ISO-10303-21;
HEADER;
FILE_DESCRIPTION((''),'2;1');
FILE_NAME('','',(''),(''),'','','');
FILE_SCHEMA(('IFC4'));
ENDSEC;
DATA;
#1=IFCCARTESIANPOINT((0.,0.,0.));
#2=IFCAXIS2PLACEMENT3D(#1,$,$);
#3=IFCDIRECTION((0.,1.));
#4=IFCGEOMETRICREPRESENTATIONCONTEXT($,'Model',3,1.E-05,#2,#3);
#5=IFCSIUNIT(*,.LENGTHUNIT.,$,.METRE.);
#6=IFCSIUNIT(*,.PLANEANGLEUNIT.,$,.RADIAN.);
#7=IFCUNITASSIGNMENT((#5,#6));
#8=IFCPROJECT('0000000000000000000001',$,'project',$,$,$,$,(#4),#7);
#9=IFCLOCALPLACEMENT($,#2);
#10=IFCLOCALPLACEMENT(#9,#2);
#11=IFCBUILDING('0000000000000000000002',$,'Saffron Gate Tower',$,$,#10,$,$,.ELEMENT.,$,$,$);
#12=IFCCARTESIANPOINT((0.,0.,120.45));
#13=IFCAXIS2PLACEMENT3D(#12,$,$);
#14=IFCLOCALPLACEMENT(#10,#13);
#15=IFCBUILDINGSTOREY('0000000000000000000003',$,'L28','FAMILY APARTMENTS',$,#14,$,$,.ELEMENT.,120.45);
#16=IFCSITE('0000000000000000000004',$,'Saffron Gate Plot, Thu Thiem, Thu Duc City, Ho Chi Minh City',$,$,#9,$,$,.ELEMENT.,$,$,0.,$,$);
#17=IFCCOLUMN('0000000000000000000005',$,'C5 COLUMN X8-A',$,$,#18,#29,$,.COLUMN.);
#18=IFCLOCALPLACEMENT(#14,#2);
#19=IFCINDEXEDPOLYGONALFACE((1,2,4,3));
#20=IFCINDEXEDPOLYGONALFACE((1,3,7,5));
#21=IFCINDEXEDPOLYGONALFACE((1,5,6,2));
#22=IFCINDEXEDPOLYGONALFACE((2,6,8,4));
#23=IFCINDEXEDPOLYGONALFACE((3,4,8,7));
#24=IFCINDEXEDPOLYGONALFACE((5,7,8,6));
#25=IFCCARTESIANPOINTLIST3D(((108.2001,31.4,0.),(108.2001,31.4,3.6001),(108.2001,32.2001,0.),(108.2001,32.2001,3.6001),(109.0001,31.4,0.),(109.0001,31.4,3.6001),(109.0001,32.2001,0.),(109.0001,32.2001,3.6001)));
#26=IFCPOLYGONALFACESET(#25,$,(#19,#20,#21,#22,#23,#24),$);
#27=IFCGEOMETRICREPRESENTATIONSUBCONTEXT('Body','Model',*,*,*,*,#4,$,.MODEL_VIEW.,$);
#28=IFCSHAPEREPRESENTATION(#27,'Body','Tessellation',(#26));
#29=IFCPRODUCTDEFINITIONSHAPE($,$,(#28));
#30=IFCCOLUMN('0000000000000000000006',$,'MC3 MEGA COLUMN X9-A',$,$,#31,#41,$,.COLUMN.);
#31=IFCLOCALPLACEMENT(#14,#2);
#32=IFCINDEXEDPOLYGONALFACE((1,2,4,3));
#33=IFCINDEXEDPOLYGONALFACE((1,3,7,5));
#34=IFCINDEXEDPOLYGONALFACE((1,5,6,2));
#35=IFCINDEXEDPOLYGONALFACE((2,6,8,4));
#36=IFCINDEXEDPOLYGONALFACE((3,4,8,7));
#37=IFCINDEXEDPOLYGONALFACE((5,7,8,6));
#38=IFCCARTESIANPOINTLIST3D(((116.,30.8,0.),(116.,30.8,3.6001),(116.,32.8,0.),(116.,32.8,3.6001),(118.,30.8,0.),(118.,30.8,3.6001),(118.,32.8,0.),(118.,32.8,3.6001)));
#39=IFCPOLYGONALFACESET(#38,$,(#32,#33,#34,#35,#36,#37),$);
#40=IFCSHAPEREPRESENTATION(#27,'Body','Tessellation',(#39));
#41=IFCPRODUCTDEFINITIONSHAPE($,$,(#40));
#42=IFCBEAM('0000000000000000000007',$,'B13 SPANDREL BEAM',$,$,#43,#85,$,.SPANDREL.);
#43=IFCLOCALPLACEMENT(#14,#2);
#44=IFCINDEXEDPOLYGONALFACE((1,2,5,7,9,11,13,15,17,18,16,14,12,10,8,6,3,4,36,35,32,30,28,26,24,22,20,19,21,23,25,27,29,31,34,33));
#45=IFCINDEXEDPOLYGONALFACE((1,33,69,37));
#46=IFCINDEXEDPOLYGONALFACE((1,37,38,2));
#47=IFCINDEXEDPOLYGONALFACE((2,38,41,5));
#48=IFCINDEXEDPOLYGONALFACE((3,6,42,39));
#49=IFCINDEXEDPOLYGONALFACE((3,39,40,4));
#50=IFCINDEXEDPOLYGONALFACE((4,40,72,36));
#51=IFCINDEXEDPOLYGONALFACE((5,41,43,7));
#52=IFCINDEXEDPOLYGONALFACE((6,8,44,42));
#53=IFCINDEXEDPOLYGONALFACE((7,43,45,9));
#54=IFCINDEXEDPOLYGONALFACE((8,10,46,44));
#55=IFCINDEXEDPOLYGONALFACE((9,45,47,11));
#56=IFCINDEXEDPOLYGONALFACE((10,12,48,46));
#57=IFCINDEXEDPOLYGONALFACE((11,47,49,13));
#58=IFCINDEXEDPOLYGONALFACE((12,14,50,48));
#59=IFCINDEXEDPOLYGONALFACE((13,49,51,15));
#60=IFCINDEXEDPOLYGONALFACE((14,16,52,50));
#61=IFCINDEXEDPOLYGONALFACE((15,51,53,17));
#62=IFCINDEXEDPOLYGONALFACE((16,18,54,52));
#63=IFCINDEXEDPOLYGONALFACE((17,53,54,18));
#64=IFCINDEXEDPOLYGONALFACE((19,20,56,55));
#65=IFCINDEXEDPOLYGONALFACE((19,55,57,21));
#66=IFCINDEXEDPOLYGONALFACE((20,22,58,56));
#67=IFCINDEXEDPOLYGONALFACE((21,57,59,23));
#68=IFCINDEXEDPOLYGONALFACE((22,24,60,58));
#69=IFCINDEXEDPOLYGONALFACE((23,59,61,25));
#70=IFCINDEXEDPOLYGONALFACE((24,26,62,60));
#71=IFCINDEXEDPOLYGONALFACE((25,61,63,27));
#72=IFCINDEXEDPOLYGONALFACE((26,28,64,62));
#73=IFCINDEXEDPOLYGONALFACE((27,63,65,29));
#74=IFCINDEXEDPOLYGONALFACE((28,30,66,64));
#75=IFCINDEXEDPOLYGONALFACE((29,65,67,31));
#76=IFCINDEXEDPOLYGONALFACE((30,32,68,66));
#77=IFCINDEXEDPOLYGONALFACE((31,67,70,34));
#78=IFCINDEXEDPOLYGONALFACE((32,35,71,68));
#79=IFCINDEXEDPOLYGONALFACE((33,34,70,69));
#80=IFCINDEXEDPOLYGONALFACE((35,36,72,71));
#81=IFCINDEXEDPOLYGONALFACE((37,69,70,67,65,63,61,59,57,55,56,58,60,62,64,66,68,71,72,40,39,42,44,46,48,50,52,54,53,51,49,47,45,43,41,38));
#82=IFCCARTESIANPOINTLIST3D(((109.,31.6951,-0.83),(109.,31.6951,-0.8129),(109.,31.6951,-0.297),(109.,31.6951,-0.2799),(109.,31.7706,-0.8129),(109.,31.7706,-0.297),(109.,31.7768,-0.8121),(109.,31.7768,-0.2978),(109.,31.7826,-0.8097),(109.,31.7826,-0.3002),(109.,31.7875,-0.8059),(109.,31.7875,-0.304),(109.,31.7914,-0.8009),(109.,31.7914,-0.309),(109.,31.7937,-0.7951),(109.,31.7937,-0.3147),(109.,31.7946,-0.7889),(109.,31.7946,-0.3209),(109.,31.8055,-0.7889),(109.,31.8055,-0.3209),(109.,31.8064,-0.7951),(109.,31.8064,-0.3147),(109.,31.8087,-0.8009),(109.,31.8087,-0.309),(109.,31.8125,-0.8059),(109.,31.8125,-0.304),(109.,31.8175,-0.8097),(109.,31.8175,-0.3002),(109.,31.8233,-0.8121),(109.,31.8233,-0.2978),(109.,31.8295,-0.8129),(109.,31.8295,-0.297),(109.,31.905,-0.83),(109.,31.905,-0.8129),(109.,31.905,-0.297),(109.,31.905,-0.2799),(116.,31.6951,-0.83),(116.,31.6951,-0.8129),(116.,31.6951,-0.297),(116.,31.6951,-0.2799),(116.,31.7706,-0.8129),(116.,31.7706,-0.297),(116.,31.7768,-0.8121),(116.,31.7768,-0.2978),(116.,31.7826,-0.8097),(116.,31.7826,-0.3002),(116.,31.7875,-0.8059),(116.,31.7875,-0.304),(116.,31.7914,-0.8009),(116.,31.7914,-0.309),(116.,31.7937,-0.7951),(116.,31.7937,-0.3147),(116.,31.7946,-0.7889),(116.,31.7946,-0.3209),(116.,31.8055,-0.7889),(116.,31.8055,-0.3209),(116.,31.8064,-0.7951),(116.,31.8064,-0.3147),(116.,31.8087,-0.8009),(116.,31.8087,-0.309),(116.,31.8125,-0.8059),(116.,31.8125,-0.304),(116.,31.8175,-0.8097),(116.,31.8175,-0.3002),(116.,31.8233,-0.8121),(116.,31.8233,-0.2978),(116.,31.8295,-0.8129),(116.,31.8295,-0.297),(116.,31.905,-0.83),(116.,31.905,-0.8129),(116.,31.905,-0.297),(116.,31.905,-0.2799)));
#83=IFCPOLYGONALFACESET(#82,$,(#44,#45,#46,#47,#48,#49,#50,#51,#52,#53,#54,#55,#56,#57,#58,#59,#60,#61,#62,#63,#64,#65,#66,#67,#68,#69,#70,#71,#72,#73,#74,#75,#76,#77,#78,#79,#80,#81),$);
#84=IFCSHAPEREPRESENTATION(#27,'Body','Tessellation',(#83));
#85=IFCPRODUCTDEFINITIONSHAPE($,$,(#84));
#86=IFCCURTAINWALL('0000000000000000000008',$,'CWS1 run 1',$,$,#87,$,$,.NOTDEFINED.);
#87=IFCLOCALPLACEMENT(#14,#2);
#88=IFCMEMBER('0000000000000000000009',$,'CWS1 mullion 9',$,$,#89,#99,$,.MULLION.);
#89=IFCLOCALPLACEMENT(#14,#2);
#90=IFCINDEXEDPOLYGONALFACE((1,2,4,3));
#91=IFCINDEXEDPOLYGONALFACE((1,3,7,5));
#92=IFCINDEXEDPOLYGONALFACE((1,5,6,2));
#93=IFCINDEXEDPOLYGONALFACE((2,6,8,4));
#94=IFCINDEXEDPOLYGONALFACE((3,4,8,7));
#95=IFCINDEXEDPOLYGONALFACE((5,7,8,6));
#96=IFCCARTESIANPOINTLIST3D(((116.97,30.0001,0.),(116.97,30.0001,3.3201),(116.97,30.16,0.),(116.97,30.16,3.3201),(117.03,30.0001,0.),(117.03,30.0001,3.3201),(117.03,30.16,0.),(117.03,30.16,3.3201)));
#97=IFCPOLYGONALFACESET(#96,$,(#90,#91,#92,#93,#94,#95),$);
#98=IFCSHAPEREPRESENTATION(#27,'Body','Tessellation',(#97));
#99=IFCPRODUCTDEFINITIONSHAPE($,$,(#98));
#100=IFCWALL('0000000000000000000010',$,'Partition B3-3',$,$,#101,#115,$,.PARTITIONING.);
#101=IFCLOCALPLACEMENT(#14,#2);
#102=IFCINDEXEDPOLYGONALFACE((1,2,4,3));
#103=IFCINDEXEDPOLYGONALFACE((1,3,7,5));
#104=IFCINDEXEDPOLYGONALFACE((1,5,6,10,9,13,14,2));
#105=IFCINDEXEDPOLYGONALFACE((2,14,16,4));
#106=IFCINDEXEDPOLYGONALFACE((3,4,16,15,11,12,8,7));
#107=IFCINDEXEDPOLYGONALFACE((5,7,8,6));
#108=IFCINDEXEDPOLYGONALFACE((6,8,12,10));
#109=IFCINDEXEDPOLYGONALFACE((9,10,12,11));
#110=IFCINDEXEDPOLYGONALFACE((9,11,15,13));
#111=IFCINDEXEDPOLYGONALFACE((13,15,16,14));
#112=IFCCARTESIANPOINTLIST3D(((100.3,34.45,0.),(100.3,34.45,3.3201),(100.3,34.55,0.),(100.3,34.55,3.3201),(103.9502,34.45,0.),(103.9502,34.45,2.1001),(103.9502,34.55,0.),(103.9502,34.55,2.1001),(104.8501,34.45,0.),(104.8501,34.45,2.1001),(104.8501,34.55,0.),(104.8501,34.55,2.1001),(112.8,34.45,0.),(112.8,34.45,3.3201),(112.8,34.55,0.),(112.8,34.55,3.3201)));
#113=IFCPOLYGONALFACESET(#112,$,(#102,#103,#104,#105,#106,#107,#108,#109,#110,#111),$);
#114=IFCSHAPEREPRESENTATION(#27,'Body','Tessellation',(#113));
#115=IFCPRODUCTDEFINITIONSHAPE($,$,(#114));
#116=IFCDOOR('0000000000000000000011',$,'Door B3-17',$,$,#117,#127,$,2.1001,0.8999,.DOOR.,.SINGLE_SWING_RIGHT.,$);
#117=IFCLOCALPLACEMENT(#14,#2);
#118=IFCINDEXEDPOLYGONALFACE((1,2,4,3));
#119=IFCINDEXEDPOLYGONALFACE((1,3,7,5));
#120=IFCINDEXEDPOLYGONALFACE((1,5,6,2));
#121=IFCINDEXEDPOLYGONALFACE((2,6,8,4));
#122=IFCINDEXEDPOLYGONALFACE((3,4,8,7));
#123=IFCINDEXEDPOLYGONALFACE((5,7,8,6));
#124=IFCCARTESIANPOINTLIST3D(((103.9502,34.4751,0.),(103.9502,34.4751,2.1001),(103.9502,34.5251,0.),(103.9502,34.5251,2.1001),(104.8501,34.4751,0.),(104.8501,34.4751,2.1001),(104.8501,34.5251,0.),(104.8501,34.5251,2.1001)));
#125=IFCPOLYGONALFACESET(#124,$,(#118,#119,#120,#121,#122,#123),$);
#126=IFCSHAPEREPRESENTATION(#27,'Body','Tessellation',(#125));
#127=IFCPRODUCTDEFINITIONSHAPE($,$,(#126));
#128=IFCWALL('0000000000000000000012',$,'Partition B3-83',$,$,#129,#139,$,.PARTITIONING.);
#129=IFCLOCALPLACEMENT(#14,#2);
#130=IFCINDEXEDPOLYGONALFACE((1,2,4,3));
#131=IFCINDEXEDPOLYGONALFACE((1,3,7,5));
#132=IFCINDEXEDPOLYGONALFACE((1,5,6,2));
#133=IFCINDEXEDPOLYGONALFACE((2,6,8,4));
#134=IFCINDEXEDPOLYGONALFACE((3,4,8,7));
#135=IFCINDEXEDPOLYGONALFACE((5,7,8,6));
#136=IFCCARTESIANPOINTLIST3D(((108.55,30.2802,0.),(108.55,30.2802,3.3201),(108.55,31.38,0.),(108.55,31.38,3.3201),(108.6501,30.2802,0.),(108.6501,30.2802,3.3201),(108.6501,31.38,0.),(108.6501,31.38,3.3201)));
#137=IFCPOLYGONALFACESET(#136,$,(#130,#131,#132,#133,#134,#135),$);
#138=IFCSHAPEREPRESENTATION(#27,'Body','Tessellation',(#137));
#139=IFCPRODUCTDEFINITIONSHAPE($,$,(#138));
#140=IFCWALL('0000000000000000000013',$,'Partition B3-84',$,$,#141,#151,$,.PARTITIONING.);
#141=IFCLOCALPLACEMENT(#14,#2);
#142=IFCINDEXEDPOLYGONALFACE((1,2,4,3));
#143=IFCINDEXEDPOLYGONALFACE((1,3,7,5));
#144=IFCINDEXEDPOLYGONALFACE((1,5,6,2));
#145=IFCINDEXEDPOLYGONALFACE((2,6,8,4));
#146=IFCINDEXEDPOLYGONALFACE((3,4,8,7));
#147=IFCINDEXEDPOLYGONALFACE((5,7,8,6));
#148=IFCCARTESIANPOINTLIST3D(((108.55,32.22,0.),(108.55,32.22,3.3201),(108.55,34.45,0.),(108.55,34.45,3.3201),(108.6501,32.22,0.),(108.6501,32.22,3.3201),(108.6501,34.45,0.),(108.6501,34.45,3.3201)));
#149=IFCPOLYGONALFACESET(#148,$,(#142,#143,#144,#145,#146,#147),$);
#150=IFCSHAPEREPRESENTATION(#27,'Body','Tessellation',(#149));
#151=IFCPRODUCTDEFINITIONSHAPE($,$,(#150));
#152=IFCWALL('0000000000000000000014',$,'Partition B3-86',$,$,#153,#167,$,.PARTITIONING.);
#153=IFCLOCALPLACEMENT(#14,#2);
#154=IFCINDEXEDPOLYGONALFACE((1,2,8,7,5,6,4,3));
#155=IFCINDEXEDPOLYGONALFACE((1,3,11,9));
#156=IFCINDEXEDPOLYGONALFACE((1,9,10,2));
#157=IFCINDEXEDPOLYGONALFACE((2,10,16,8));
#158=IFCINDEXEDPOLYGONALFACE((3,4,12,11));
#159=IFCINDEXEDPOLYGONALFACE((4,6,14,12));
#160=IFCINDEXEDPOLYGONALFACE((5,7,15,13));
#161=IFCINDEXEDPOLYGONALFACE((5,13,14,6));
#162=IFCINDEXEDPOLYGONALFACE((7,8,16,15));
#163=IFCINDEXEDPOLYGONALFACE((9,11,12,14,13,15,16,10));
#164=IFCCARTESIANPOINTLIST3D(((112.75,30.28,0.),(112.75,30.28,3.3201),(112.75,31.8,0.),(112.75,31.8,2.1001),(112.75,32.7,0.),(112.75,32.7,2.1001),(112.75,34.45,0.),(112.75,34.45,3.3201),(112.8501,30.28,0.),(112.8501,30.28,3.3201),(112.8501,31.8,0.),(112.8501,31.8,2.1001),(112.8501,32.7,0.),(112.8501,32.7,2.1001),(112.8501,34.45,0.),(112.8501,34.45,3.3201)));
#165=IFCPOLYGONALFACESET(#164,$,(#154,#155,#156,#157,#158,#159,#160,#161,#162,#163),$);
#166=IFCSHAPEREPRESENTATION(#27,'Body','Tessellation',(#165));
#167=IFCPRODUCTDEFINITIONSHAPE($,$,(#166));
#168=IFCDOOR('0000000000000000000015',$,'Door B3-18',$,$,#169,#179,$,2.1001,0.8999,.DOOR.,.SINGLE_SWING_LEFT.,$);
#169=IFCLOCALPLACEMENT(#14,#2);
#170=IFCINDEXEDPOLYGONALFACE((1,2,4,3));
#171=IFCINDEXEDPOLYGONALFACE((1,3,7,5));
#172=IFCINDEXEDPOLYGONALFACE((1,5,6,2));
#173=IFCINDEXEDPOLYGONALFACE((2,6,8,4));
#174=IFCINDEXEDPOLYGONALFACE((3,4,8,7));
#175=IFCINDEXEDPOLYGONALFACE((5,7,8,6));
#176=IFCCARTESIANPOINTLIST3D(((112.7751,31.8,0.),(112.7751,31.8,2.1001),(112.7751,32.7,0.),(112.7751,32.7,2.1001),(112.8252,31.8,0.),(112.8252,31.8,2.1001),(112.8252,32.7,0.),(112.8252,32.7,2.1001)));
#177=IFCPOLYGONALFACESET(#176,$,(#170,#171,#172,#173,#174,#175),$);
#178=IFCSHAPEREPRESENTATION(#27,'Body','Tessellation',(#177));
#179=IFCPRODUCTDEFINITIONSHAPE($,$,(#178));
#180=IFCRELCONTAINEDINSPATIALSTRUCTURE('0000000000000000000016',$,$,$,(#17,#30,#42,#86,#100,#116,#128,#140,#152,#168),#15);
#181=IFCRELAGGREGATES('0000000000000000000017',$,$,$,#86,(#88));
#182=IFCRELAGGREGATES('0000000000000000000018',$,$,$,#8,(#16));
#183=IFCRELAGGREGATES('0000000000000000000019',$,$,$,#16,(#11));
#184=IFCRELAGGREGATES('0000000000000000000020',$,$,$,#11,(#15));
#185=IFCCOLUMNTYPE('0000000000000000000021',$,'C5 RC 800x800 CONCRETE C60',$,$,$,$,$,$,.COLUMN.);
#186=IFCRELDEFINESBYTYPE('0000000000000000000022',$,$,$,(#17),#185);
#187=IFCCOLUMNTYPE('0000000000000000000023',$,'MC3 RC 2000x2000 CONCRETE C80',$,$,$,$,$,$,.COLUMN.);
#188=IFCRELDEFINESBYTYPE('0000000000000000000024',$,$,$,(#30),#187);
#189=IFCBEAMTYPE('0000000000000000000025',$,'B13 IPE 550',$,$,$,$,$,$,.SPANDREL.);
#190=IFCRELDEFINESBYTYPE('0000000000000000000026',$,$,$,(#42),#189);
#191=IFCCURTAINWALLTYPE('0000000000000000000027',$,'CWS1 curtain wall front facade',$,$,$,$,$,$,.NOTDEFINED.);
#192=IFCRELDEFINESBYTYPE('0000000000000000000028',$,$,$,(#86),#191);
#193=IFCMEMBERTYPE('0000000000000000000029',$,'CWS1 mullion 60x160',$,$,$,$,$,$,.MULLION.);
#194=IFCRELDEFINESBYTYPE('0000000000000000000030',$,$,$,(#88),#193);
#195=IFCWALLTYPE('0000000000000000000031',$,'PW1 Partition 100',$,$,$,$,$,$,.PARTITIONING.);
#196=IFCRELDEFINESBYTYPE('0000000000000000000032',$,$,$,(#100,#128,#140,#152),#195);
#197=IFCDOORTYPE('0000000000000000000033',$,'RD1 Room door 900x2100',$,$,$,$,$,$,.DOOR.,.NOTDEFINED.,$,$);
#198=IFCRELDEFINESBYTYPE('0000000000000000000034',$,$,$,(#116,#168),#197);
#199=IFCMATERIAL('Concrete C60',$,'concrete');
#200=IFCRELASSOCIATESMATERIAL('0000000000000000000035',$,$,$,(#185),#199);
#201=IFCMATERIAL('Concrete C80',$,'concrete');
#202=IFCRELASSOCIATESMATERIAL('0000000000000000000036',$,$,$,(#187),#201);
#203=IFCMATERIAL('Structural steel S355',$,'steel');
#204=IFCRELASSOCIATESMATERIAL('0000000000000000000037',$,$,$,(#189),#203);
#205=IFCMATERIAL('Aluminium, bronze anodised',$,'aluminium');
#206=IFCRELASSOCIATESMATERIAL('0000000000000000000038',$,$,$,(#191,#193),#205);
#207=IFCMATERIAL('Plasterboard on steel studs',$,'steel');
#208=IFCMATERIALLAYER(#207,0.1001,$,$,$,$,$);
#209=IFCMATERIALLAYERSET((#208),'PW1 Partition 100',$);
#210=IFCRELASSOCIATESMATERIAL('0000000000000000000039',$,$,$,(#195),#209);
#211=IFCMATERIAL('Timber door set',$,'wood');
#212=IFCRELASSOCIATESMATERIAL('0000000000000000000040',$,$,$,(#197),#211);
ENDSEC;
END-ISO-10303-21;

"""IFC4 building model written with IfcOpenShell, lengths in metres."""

from ifc_helpers import new_model, si_unit, direction, frame, frame_2d, origin, origin_2d, place, context, subcontext, project, spatial, rectangle, i_section, extrude, material, layer, layer_set, material_profile, profile_set, type_object, element, fill, aggregate, save


model = new_model("IFC4")

# Units and contexts
model_context = context("Model", 3, precision=1e-05, world=origin(), true_north=direction((0.0, 1.0)))
body_context = subcontext(model_context, "Body", "Model", "MODEL_VIEW")
ifc_project = project(units=[si_unit("LENGTHUNIT", "METRE"), si_unit("PLANEANGLEUNIT", "RADIAN")], contexts=[model_context])

# Site, building, storey
site_placement = place(None, origin())
site = spatial("IfcSite", under=ifc_project, at=site_placement, Name="Saffron Gate Plot, Thu Thiem, Thu Duc City, Ho Chi Minh City", CompositionType="ELEMENT", RefElevation=0.0)
building_placement = place(site_placement, origin())
building = spatial("IfcBuilding", under=site, at=building_placement, Name="Saffron Gate Tower", CompositionType="ELEMENT")
storey_placement = place(building_placement, frame((0.0, 0.0, 120.45)))
storey = spatial("IfcBuildingStorey", under=building, at=storey_placement, Name="L28", Description="FAMILY APARTMENTS", CompositionType="ELEMENT", Elevation=120.45)

# Columns
ifc_material_1 = material(Name="Concrete C60", Category="concrete")
ifc_material_profile_1 = material_profile(ifc_material_1, rectangle(XDim=0.8, YDim=0.8, at=origin_2d()))
ifc_profile_set_1 = profile_set([ifc_material_profile_1], Name="Concrete C60")
column_type_1 = type_object("IfcColumnType", Name="C5 RC 800x800 CONCRETE C60", PredefinedType="COLUMN", material=ifc_profile_set_1)
column_1_placement = place(storey_placement, frame((108.6001, 31.8, 0.0), z_axis=(0.0, 0.0, 1.0), x_axis=(1.0, 0.0, 0.0)))
element("IfcColumn", 1, at=column_1_placement, inside=storey, type_object=column_type_1, Name="C5 COLUMN X8-A", PredefinedType="COLUMN", context=body_context, shape_type="SweptSolid", body=[
    extrude(rectangle(XDim=0.8, YDim=0.8, at=origin_2d()), origin(), (0.0, 0.0, 1.0), 3.6001),
])
ifc_material_2 = material(Name="Concrete C80", Category="concrete")
ifc_material_profile_2 = material_profile(ifc_material_2, rectangle(XDim=2.0, YDim=2.0, at=origin_2d()))
ifc_profile_set_2 = profile_set([ifc_material_profile_2], Name="Concrete C80")
column_type_2 = type_object("IfcColumnType", Name="MC3 RC 2000x2000 CONCRETE C80", PredefinedType="COLUMN", material=ifc_profile_set_2)
column_2_placement = place(storey_placement, frame((117.0, 31.8, 0.0), z_axis=(0.0, 0.0, 1.0), x_axis=(1.0, 0.0, 0.0)))
element("IfcColumn", 2, at=column_2_placement, inside=storey, type_object=column_type_2, Name="MC3 MEGA COLUMN X9-A", PredefinedType="COLUMN", context=body_context, shape_type="SweptSolid", body=[
    extrude(rectangle(XDim=2.0, YDim=2.0, at=origin_2d()), origin(), (0.0, 0.0, 1.0), 3.6001),
])

# Beam
ifc_material_3 = material(Name="Structural steel S355", Category="steel")
ifc_material_profile_3 = material_profile(ifc_material_3, i_section(OverallWidth=0.21, OverallDepth=0.55, WebThickness=0.011, FlangeThickness=0.0171, FilletRadius=0.0239, at=origin_2d()))
ifc_profile_set_3 = profile_set([ifc_material_profile_3], Name="Structural steel S355")
beam_type = type_object("IfcBeamType", Name="B13 IPE 550", PredefinedType="SPANDREL", material=ifc_profile_set_3)
beam_placement = place(storey_placement, frame((109.0, 31.8, -0.5549), z_axis=(1.0, 0.0, 0.0), x_axis=(0.0, 1.0, 0.0)))
element("IfcBeam", 3, at=beam_placement, inside=storey, type_object=beam_type, Name="B13 SPANDREL BEAM", PredefinedType="SPANDREL", context=body_context, shape_type="SweptSolid", body=[
    extrude(i_section(OverallWidth=0.21, OverallDepth=0.55, WebThickness=0.011, FlangeThickness=0.0171, FilletRadius=0.0239, at=origin_2d()), origin(), (0.0, 0.0, 1.0), 7.0),
])

# Curtain wall, member
ifc_material_4 = material(Name="Aluminium, bronze anodised", Category="aluminium")
curtain_wall_type = type_object("IfcCurtainWallType", Name="CWS1 curtain wall front facade", PredefinedType="NOTDEFINED", material=ifc_material_4)
curtain_wall_placement = place(storey_placement, origin())
curtain_wall = element("IfcCurtainWall", 4, at=curtain_wall_placement, inside=storey, type_object=curtain_wall_type, Name="CWS1 run 1", PredefinedType="NOTDEFINED")
ifc_material_profile_4 = material_profile(ifc_material_4, rectangle(XDim=0.1599, YDim=0.0601, at=origin_2d()))
ifc_profile_set_4 = profile_set([ifc_material_profile_4], Name="Aluminium, bronze anodised")
member_type = type_object("IfcMemberType", Name="CWS1 mullion 60x160", PredefinedType="MULLION", material=ifc_profile_set_4)
member_placement = place(storey_placement, frame((117.0, 30.0801, 0.0), z_axis=(0.0, 0.0, 1.0), x_axis=(0.0, 1.0, 0.0)))
member = element("IfcMember", 5, at=member_placement, type_object=member_type, Name="CWS1 mullion 9", PredefinedType="MULLION", context=body_context, shape_type="SweptSolid", body=[
    extrude(rectangle(XDim=0.1599, YDim=0.0601, at=origin_2d()), origin(), (0.0, 0.0, 1.0), 3.3201),
])
aggregate(curtain_wall, [member])

# Wall, opening, door
ifc_material_5 = material(Name="Plasterboard on steel studs", Category="steel")
ifc_layer = layer(ifc_material_5, 0.1001)
ifc_layer_set = layer_set([ifc_layer], Name="PW1 Partition 100")
wall_type = type_object("IfcWallType", Name="PW1 Partition 100", PredefinedType="PARTITIONING", material=ifc_layer_set)
wall_1_placement = place(storey_placement, frame((112.8, 34.5, 0.0), z_axis=(0.0, 0.0, 1.0), x_axis=(-1.0, 0.0, 0.0)))
wall_1 = element("IfcWall", 6, at=wall_1_placement, inside=storey, type_object=wall_type, Name="Partition B3-3", PredefinedType="PARTITIONING", context=body_context, shape_type="SweptSolid", body=[
    extrude(rectangle(XDim=12.5, YDim=0.1001, at=frame_2d((6.25, 0.0))), origin(), (0.0, 0.0, 1.0), 3.3201),
])
opening_1_placement = place(wall_1_placement, frame((7.95, 0.0, 0.0)))
opening_1 = element("IfcOpeningElement", 7, at=opening_1_placement, cuts=wall_1, PredefinedType="OPENING", context=body_context, shape_type="SweptSolid", body=[
    extrude(rectangle(XDim=0.8999, YDim=2.1001, at=frame_2d((0.45, 1.05))), frame((0.0, 0.0601, 0.0), z_axis=(0.0, -1.0, 0.0), x_axis=(1.0, 0.0, 0.0)), (0.0, 0.0, 1.0), 0.1201),
])
ifc_material_6 = material(Name="Timber door set", Category="wood")
door_type = type_object("IfcDoorType", Name="RD1 Room door 900x2100", OperationType="NOTDEFINED", PredefinedType="DOOR", material=ifc_material_6)
door_1_placement = place(opening_1_placement, origin())
door_1 = element("IfcDoor", 8, at=door_1_placement, inside=storey, type_object=door_type, Name="Door B3-17", OperationType="SINGLE_SWING_RIGHT", OverallHeight=2.1001, OverallWidth=0.8999, PredefinedType="DOOR", context=body_context, shape_type="SweptSolid", body=[
    extrude(rectangle(XDim=0.8999, YDim=2.1001, at=frame_2d((0.45, 1.05))), frame((0.0, 0.0249, 0.0), z_axis=(0.0, -1.0, 0.0), x_axis=(1.0, 0.0, 0.0)), (0.0, 0.0, 1.0), 0.05),
])
fill(opening_1, door_1)

# Walls
wall_2_placement = place(storey_placement, frame((108.6001, 31.3799, 0.0), z_axis=(0.0, 0.0, 1.0), x_axis=(0.0, -1.0, 0.0)))
element("IfcWall", 9, at=wall_2_placement, inside=storey, type_object=wall_type, Name="Partition B3-83", PredefinedType="PARTITIONING", context=body_context, shape_type="SweptSolid", body=[
    extrude(rectangle(XDim=1.0999, YDim=0.1001, at=frame_2d((0.5498, 0.0))), origin(), (0.0, 0.0, 1.0), 3.3201),
])
wall_3_placement = place(storey_placement, frame((108.6001, 34.45, 0.0), z_axis=(0.0, 0.0, 1.0), x_axis=(0.0, -1.0, 0.0)))
element("IfcWall", 10, at=wall_3_placement, inside=storey, type_object=wall_type, Name="Partition B3-84", PredefinedType="PARTITIONING", context=body_context, shape_type="SweptSolid", body=[
    extrude(rectangle(XDim=2.23, YDim=0.1001, at=frame_2d((1.115, 0.0))), origin(), (0.0, 0.0, 1.0), 3.3201),
])

# Wall, opening, door
wall_4_placement = place(storey_placement, frame((112.8, 30.28, 0.0), z_axis=(0.0, 0.0, 1.0), x_axis=(0.0, 1.0, 0.0)))
wall_4 = element("IfcWall", 11, at=wall_4_placement, inside=storey, type_object=wall_type, Name="Partition B3-86", PredefinedType="PARTITIONING", context=body_context, shape_type="SweptSolid", body=[
    extrude(rectangle(XDim=4.1699, YDim=0.1001, at=frame_2d((2.085, 0.0))), origin(), (0.0, 0.0, 1.0), 3.3201),
])
opening_2_placement = place(wall_4_placement, frame((1.52, 0.0, 0.0)))
opening_2 = element("IfcOpeningElement", 12, at=opening_2_placement, cuts=wall_4, PredefinedType="OPENING", context=body_context, shape_type="SweptSolid", body=[
    extrude(rectangle(XDim=0.8999, YDim=2.1001, at=frame_2d((0.45, 1.05))), frame((0.0, 0.0601, 0.0), z_axis=(0.0, -1.0, 0.0), x_axis=(1.0, 0.0, 0.0)), (0.0, 0.0, 1.0), 0.1201),
])
door_2_placement = place(opening_2_placement, origin())
door_2 = element("IfcDoor", 13, at=door_2_placement, inside=storey, type_object=door_type, Name="Door B3-18", OperationType="SINGLE_SWING_LEFT", OverallHeight=2.1001, OverallWidth=0.8999, PredefinedType="DOOR", context=body_context, shape_type="SweptSolid", body=[
    extrude(rectangle(XDim=0.8999, YDim=2.1001, at=frame_2d((0.45, 1.05))), frame((0.0, 0.0249, 0.0), z_axis=(0.0, -1.0, 0.0), x_axis=(1.0, 0.0, 0.0)), (0.0, 0.0, 1.0), 0.05),
])
fill(opening_2, door_2)

save(model, "model.ifc")
